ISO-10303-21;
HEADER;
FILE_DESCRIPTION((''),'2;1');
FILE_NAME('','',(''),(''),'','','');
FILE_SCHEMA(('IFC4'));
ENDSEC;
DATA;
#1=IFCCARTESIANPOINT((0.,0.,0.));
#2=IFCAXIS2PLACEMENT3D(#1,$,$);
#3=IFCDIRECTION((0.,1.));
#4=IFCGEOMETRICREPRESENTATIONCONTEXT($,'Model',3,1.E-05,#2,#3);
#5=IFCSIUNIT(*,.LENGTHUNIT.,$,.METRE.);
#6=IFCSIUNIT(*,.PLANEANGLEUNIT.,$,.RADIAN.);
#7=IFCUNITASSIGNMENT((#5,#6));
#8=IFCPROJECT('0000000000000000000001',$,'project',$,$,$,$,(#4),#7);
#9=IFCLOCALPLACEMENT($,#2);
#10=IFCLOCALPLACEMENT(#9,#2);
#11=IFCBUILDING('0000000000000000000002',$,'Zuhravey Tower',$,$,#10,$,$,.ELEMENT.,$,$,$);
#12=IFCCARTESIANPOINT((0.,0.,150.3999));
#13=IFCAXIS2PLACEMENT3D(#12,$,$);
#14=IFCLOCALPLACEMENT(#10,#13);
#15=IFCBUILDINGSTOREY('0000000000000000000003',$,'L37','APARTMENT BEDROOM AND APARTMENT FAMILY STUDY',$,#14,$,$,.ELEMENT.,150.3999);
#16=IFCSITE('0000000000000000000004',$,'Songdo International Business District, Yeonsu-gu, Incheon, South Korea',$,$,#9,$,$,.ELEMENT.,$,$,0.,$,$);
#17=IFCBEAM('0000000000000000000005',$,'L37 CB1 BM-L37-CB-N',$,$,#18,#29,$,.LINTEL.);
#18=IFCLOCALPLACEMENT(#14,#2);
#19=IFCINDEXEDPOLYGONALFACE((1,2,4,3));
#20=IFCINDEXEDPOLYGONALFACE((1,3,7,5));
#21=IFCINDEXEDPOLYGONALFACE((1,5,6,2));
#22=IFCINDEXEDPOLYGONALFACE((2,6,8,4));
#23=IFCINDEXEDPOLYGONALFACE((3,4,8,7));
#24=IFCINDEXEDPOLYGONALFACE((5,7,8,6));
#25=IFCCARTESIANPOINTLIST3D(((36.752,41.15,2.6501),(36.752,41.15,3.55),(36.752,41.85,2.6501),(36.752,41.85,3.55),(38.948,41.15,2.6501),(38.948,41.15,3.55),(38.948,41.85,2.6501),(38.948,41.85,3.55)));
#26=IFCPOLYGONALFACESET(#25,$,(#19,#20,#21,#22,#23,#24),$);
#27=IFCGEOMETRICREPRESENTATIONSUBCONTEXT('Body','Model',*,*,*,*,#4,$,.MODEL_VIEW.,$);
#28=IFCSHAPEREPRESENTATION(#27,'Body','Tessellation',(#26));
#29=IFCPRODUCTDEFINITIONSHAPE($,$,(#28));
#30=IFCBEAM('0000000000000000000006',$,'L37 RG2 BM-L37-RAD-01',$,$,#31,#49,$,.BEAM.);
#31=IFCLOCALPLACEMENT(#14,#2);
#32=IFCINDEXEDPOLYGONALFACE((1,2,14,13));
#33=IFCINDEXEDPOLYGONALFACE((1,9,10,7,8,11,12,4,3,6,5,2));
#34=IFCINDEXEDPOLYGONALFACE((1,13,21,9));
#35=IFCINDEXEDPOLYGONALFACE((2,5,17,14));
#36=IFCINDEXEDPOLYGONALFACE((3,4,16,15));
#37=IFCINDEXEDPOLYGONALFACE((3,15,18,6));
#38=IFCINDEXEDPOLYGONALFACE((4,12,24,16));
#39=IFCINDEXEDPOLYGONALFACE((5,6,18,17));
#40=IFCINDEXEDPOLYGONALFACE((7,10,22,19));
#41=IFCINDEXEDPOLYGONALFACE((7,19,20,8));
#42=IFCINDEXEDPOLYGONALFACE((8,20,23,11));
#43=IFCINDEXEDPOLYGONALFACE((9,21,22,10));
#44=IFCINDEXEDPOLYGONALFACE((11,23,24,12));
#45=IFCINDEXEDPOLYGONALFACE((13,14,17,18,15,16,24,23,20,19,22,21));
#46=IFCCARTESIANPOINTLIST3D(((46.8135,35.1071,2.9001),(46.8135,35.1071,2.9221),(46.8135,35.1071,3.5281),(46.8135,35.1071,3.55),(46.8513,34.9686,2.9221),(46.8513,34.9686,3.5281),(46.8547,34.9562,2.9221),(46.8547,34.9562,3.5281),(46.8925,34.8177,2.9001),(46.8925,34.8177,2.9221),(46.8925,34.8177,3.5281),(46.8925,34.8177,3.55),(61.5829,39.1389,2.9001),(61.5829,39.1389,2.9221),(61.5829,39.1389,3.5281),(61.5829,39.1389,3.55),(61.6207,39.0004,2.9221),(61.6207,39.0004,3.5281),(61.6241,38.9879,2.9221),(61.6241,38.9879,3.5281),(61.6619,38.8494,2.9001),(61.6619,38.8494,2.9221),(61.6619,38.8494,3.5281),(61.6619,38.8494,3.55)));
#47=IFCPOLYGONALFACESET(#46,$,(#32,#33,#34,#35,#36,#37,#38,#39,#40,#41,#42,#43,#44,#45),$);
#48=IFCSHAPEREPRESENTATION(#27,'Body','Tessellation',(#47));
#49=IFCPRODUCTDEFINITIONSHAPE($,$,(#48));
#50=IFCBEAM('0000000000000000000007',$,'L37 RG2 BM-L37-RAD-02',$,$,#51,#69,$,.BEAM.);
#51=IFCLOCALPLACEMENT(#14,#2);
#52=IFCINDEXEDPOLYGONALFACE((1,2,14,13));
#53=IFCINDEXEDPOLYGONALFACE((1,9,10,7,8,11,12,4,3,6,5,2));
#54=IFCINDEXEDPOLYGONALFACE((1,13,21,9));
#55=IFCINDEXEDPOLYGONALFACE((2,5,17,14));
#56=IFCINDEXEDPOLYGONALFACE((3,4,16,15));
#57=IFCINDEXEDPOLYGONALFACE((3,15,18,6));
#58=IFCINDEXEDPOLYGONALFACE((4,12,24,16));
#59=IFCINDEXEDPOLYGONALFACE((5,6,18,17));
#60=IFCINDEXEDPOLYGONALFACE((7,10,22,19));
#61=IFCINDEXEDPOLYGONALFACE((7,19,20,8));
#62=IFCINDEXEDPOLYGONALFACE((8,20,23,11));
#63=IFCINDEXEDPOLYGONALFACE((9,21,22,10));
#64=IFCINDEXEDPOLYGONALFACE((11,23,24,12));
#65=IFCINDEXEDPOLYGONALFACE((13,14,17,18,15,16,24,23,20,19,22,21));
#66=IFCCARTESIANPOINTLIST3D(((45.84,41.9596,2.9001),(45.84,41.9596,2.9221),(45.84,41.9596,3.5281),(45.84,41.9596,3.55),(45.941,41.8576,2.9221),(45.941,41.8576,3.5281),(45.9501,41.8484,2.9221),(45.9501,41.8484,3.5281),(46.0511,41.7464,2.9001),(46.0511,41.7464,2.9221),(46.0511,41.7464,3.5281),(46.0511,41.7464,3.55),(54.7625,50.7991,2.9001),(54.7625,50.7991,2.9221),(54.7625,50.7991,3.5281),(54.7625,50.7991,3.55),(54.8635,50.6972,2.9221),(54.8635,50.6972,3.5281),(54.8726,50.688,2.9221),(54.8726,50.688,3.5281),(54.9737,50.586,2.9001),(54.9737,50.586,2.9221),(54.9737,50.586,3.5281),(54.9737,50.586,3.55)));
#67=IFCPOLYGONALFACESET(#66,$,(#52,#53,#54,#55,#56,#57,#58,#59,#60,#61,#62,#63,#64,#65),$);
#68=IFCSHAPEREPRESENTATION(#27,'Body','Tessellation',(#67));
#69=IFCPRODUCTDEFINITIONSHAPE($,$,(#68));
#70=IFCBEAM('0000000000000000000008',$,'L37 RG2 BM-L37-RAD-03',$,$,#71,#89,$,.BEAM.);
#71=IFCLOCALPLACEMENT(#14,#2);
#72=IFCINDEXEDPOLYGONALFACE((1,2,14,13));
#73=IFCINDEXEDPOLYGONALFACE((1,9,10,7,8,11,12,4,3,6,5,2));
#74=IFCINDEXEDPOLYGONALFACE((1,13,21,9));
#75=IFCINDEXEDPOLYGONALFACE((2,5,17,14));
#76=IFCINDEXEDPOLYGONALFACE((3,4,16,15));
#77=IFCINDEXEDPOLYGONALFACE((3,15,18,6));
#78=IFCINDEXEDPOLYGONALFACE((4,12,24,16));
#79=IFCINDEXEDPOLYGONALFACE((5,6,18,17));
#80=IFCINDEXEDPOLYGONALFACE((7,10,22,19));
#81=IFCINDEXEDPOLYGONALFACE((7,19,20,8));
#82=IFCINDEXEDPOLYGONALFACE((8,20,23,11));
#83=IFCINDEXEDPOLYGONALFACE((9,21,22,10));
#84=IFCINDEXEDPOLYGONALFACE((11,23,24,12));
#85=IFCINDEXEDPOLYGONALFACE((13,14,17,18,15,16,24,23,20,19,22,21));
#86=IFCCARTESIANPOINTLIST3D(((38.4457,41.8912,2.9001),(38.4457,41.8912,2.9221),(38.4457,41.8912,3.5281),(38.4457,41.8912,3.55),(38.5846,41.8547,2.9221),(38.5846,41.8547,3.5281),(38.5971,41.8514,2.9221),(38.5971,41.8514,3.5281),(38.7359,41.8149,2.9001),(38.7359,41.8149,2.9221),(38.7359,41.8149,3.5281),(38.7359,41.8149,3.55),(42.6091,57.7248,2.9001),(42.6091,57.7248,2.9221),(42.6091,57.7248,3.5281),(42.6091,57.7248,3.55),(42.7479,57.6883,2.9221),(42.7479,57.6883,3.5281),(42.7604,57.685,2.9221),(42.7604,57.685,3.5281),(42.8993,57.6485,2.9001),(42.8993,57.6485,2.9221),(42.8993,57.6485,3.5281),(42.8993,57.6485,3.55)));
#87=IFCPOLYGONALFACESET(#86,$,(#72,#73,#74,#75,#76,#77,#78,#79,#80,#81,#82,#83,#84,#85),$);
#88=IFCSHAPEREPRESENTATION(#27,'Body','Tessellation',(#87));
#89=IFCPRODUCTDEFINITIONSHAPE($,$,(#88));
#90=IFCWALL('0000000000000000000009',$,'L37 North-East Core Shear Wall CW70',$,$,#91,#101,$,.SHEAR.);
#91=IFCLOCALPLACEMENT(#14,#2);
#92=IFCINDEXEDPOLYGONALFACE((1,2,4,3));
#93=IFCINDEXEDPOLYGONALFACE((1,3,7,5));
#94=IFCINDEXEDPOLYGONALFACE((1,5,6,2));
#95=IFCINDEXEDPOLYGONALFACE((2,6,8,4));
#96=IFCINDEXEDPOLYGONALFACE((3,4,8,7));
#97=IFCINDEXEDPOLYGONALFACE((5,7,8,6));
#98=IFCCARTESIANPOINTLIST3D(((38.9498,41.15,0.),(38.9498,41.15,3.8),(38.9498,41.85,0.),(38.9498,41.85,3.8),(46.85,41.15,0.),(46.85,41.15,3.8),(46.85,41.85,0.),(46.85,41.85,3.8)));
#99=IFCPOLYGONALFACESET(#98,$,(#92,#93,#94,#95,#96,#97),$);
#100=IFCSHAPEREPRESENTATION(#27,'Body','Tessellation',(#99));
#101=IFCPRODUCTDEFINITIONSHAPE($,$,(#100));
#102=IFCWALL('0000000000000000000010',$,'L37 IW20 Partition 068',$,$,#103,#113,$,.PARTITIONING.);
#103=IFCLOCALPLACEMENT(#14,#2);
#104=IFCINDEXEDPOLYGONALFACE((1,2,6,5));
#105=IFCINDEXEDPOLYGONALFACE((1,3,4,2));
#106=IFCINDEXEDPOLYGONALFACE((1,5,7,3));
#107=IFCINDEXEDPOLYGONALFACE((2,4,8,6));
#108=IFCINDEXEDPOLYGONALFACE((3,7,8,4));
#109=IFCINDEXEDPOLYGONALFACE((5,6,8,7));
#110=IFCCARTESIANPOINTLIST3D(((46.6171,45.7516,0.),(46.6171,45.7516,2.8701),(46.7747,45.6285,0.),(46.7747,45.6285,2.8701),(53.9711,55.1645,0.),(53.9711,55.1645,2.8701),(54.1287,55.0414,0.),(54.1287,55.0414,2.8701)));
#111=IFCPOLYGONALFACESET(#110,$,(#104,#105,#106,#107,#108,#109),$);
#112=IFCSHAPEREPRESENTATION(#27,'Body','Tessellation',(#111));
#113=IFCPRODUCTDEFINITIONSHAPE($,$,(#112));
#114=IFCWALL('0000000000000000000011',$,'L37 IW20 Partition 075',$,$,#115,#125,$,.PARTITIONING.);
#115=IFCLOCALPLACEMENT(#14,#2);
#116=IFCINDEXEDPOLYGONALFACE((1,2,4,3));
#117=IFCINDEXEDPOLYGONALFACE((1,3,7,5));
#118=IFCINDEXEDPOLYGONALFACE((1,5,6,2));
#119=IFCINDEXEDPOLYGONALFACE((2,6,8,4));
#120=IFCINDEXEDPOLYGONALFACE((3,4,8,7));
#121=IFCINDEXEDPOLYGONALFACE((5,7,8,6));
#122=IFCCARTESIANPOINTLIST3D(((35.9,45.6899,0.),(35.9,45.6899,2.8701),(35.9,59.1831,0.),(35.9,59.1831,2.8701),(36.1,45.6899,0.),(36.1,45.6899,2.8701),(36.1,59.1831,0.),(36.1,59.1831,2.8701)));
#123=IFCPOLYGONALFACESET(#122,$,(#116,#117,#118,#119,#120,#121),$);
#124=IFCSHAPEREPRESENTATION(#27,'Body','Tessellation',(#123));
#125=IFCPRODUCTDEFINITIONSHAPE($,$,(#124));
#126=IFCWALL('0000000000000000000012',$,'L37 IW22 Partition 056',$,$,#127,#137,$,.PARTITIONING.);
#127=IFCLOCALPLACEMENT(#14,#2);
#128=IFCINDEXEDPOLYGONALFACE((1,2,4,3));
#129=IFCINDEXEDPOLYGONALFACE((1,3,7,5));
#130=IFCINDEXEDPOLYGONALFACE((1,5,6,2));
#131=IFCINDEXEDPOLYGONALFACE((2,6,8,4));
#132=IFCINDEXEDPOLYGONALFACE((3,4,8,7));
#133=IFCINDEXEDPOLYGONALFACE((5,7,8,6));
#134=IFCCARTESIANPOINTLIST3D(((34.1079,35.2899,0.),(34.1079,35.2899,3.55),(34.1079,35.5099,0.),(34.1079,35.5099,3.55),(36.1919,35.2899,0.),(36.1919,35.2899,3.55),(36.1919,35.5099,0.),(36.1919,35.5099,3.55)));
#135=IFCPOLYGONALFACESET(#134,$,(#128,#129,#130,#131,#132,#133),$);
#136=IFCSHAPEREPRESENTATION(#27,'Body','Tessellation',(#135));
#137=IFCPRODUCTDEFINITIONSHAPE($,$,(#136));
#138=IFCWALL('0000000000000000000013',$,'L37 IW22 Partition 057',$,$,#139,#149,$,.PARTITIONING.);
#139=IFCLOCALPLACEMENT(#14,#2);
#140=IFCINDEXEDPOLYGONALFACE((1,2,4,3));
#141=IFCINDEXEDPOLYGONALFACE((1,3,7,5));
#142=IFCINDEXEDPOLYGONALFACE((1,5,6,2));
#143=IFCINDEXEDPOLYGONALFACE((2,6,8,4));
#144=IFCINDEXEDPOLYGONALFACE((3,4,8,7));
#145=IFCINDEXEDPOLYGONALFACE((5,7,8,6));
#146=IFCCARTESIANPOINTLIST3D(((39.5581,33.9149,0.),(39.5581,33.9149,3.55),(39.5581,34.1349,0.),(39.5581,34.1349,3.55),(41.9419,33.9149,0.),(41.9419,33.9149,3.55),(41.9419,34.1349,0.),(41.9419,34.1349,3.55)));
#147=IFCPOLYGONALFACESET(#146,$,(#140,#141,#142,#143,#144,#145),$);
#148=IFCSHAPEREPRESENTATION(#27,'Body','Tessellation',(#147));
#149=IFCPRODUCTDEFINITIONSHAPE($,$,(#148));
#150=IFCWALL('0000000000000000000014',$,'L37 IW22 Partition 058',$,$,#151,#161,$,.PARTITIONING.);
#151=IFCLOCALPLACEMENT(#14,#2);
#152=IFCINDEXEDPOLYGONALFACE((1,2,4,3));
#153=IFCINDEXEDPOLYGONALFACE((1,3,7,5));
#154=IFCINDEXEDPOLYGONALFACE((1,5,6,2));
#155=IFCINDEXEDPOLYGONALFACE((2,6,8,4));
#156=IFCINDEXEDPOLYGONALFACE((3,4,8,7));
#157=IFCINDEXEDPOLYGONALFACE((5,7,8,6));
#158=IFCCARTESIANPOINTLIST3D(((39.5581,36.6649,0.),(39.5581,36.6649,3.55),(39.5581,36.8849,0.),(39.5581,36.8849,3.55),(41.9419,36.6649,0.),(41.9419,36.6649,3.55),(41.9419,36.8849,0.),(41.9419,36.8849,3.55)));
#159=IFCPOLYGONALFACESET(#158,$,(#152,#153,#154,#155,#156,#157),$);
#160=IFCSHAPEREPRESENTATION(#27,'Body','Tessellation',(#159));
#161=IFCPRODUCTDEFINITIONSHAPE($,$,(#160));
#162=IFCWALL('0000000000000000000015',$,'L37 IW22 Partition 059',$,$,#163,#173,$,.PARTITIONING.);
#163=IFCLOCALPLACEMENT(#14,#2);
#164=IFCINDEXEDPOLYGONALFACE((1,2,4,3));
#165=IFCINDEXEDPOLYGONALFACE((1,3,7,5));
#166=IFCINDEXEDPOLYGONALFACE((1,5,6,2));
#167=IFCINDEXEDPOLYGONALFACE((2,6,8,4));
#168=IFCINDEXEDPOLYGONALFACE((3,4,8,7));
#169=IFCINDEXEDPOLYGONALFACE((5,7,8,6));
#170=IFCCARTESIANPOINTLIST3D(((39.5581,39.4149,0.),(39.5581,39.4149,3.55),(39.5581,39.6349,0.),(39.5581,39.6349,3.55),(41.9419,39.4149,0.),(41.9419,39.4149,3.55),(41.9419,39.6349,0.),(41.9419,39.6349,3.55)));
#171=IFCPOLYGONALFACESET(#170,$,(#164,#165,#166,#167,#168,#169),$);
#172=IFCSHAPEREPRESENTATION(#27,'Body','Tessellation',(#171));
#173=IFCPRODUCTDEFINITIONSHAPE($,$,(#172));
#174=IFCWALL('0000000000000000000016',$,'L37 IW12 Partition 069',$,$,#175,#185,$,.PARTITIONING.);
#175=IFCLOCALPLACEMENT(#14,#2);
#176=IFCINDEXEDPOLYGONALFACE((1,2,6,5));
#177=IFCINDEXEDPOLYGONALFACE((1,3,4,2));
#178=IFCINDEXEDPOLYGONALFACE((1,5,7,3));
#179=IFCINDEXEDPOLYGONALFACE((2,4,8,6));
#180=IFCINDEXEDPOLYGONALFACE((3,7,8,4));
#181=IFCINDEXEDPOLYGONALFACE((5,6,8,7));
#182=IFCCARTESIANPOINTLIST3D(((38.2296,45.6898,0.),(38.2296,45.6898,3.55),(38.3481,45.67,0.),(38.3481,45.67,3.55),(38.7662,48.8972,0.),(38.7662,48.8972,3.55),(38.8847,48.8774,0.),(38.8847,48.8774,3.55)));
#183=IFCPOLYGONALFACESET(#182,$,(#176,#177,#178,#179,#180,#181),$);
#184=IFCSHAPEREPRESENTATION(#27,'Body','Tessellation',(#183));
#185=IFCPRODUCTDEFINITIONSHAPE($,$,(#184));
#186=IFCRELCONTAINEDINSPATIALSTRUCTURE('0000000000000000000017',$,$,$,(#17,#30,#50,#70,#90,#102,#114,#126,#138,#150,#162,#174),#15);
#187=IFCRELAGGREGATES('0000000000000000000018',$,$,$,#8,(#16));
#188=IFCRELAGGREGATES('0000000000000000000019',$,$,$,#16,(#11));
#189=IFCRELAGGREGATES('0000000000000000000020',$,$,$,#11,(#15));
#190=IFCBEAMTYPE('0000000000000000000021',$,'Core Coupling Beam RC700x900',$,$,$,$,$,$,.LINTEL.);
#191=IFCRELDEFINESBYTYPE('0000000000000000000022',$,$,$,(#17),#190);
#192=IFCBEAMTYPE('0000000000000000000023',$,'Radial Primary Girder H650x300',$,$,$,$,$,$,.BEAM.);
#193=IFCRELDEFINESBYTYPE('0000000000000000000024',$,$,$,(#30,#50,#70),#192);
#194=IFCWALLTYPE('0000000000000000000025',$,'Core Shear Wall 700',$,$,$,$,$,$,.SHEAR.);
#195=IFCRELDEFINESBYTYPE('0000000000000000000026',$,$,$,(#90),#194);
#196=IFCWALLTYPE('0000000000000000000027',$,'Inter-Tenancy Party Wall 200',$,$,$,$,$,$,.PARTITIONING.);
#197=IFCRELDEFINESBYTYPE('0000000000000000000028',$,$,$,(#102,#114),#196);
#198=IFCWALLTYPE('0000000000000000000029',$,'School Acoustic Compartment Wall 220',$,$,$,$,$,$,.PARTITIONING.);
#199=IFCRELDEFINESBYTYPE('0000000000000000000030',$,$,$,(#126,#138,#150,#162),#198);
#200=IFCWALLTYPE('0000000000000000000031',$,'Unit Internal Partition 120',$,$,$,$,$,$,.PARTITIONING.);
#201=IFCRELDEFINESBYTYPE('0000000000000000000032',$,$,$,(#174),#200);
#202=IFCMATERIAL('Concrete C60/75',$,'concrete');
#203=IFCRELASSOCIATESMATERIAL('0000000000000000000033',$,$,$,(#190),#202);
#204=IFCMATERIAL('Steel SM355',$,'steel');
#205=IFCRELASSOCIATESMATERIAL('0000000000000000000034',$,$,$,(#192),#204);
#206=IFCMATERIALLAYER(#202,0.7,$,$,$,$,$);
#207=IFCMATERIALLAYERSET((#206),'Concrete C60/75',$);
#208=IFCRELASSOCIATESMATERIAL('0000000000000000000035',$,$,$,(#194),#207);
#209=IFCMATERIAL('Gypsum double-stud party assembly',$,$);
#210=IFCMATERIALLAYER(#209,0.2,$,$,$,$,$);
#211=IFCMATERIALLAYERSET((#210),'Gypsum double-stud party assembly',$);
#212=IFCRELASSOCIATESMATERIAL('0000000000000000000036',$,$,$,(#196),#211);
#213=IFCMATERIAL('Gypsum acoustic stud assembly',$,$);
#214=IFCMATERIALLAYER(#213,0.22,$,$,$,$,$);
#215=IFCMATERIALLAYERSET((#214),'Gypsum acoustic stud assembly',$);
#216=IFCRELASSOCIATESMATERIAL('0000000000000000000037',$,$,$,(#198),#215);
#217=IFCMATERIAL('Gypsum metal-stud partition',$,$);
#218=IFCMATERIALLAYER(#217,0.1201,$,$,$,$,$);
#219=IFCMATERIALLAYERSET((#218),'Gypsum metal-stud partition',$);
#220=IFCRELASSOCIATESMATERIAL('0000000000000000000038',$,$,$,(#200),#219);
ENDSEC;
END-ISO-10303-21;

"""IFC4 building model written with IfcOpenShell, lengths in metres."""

from ifc_helpers import new_model, si_unit, direction, frame, frame_2d, origin, origin_2d, place, context, subcontext, project, spatial, rectangle, i_section, extrude, material, layer, layer_set, material_profile, profile_set, type_object, element, save


model = new_model("IFC4")

# Units and contexts
model_context = context("Model", 3, precision=1e-05, world=origin(), true_north=direction((0.0, 1.0)))
body_context = subcontext(model_context, "Body", "Model", "MODEL_VIEW")
ifc_project = project(units=[si_unit("LENGTHUNIT", "METRE"), si_unit("PLANEANGLEUNIT", "RADIAN")], contexts=[model_context])

# Site, building, storey
site_placement = place(None, origin())
site = spatial("IfcSite", under=ifc_project, at=site_placement, Name="Songdo International Business District, Yeonsu-gu, Incheon, South Korea", CompositionType="ELEMENT", RefElevation=0.0)
building_placement = place(site_placement, origin())
building = spatial("IfcBuilding", under=site, at=building_placement, Name="Zuhravey Tower", CompositionType="ELEMENT")
storey_placement = place(building_placement, frame((0.0, 0.0, 150.3999)))
storey = spatial("IfcBuildingStorey", under=building, at=storey_placement, Name="L37", Description="APARTMENT BEDROOM AND APARTMENT FAMILY STUDY", CompositionType="ELEMENT", Elevation=150.3999)

# Beams
ifc_material_1 = material(Name="Concrete C60/75", Category="concrete")
ifc_material_profile_1 = material_profile(ifc_material_1, rectangle(XDim=0.7, YDim=0.8999, at=origin_2d()), Name="RC-700x900")
ifc_profile_set_1 = profile_set([ifc_material_profile_1], Name="Concrete C60/75")
beam_type_1 = type_object("IfcBeamType", Name="Core Coupling Beam RC700x900", PredefinedType="LINTEL", material=ifc_profile_set_1)
beam_1_placement = place(storey_placement, frame((36.752, 41.5, 3.1001), z_axis=(1.0, 0.0, 0.0), x_axis=(0.0, 1.0, 0.0)))
element("IfcBeam", 1, at=beam_1_placement, inside=storey, type_object=beam_type_1, Name="L37 CB1 BM-L37-CB-N", PredefinedType="LINTEL", context=body_context, shape_type="SweptSolid", body=[
    extrude(rectangle(XDim=0.7, YDim=0.8999, at=origin_2d()), origin(), (0.0, 0.0, 1.0), 2.196),
])
ifc_material_2 = material(Name="Steel SM355", Category="steel")
ifc_material_profile_2 = material_profile(ifc_material_2, i_section(OverallWidth=0.3, OverallDepth=0.6499, WebThickness=0.0129, FlangeThickness=0.022, at=origin_2d()), Name="H-650x300x13x22")
ifc_profile_set_2 = profile_set([ifc_material_profile_2], Name="Steel SM355")
beam_type_2 = type_object("IfcBeamType", Name="Radial Primary Girder H650x300", PredefinedType="BEAM", material=ifc_profile_set_2)
beam_2_placement = place(storey_placement, frame((46.853, 34.9624, 3.2251), z_axis=(0.964702, 0.263345, 0.0), x_axis=(-0.263345, 0.964702, 0.0)))
element("IfcBeam", 2, at=beam_2_placement, inside=storey, type_object=beam_type_2, Name="L37 RG2 BM-L37-RAD-01", PredefinedType="BEAM", context=body_context, shape_type="SweptSolid", body=[
    extrude(i_section(OverallWidth=0.3, OverallDepth=0.6499, WebThickness=0.0129, FlangeThickness=0.022, at=origin_2d()), origin(), (0.0, 0.0, 1.0), 15.3098),
])
beam_3_placement = place(storey_placement, frame((45.9456, 41.853, 3.2251), z_axis=(0.710404, 0.703795, 0.0), x_axis=(-0.703795, 0.710404, 0.0)))
element("IfcBeam", 3, at=beam_3_placement, inside=storey, type_object=beam_type_2, Name="L37 RG2 BM-L37-RAD-02", PredefinedType="BEAM", context=body_context, shape_type="SweptSolid", body=[
    extrude(i_section(OverallWidth=0.3, OverallDepth=0.6499, WebThickness=0.0129, FlangeThickness=0.022, at=origin_2d()), origin(), (0.0, 0.0, 1.0), 12.5598),
])
beam_4_placement = place(storey_placement, frame((38.5908, 41.853, 3.2251), z_axis=(0.2543, 0.967125, 0.0), x_axis=(-0.967125, 0.2543, 0.0)))
element("IfcBeam", 4, at=beam_4_placement, inside=storey, type_object=beam_type_2, Name="L37 RG2 BM-L37-RAD-03", PredefinedType="BEAM", context=body_context, shape_type="SweptSolid", body=[
    extrude(i_section(OverallWidth=0.3, OverallDepth=0.6499, WebThickness=0.0129, FlangeThickness=0.022, at=origin_2d()), origin(), (0.0, 0.0, 1.0), 16.3718),
])

# Wall
ifc_layer_1 = layer(ifc_material_1, 0.7)
ifc_layer_set_1 = layer_set([ifc_layer_1], Name="Concrete C60/75")
wall_type_1 = type_object("IfcWallType", Name="Core Shear Wall 700", PredefinedType="SHEAR", material=ifc_layer_set_1)
wall_1_placement = place(storey_placement, frame((46.8501, 41.5, 0.0), z_axis=(0.0, 0.0, 1.0), x_axis=(-1.0, 0.0, 0.0)))
element("IfcWall", 5, at=wall_1_placement, inside=storey, type_object=wall_type_1, Name="L37 North-East Core Shear Wall CW70", PredefinedType="SHEAR", context=body_context, shape_type="SweptSolid", body=[
    extrude(rectangle(XDim=7.9001, YDim=0.7, at=frame_2d((3.9502, 0.0))), origin(), (0.0, 0.0, 1.0), 3.8),
])

# Walls
ifc_material_3 = material(Name="Gypsum double-stud party assembly")
ifc_layer_2 = layer(ifc_material_3, 0.2)
ifc_layer_set_2 = layer_set([ifc_layer_2], Name="Gypsum double-stud party assembly")
wall_type_2 = type_object("IfcWallType", Name="Inter-Tenancy Party Wall 200", PredefinedType="PARTITIONING", material=ifc_layer_set_2)
wall_2_placement = place(storey_placement, frame((46.6958, 45.6899, 0.0), z_axis=(0.0, 0.0, 1.0), x_axis=(0.615656, 0.788015, 0.0)))
element("IfcWall", 6, at=wall_2_placement, inside=storey, type_object=wall_type_2, Name="L37 IW20 Partition 068", PredefinedType="PARTITIONING", context=body_context, shape_type="SweptSolid", body=[
    extrude(rectangle(XDim=11.9451, YDim=0.2, at=frame_2d((5.9727, 0.0))), origin(), (0.0, 0.0, 1.0), 2.8701),
])
wall_3_placement = place(storey_placement, frame((36.0, 45.6899, 0.0), z_axis=(0.0, 0.0, 1.0), x_axis=(0.0, 1.0, 0.0)))
element("IfcWall", 7, at=wall_3_placement, inside=storey, type_object=wall_type_2, Name="L37 IW20 Partition 075", PredefinedType="PARTITIONING", context=body_context, shape_type="SweptSolid", body=[
    extrude(rectangle(XDim=13.4932, YDim=0.2, at=frame_2d((6.7466, 0.0))), origin(), (0.0, 0.0, 1.0), 2.8701),
])
ifc_material_4 = material(Name="Gypsum acoustic stud assembly")
ifc_layer_3 = layer(ifc_material_4, 0.22)
ifc_layer_set_3 = layer_set([ifc_layer_3], Name="Gypsum acoustic stud assembly")
wall_type_3 = type_object("IfcWallType", Name="School Acoustic Compartment Wall 220", PredefinedType="PARTITIONING", material=ifc_layer_set_3)
wall_4_placement = place(storey_placement, frame((34.1079, 35.3999, 0.0), z_axis=(0.0, 0.0, 1.0), x_axis=(1.0, 0.0, 0.0)))
element("IfcWall", 8, at=wall_4_placement, inside=storey, type_object=wall_type_3, Name="L37 IW22 Partition 056", PredefinedType="PARTITIONING", context=body_context, shape_type="SweptSolid", body=[
    extrude(rectangle(XDim=2.084, YDim=0.22, at=frame_2d((1.042, 0.0))), origin(), (0.0, 0.0, 1.0), 3.55),
])
for number, where, z_axis, x_axis, name in (
    (9, (39.5581, 34.0249, 0.0), (0.0, 0.0, 1.0), (1.0, 0.0, 0.0), "L37 IW22 Partition 057"),
    (10, (39.5581, 36.7749, 0.0), (0.0, 0.0, 1.0), (1.0, 0.0, 0.0), "L37 IW22 Partition 058"),
    (11, (39.5581, 39.5249, 0.0), (0.0, 0.0, 1.0), (1.0, 0.0, 0.0), "L37 IW22 Partition 059"),
):
    element("IfcWall", number, at=place(storey_placement, frame(where, z_axis=z_axis, x_axis=x_axis)), inside=storey, type_object=wall_type_3, Name=name, PredefinedType="PARTITIONING", context=body_context, shape_type="SweptSolid", body=[
        extrude(rectangle(XDim=2.3838, YDim=0.22, at=frame_2d((1.1919, 0.0))), origin(), (0.0, 0.0, 1.0), 3.55),
    ])
ifc_material_5 = material(Name="Gypsum metal-stud partition")
ifc_layer_4 = layer(ifc_material_5, 0.1201)
ifc_layer_set_4 = layer_set([ifc_layer_4], Name="Gypsum metal-stud partition")
wall_type_4 = type_object("IfcWallType", Name="Unit Internal Partition 120", PredefinedType="PARTITIONING", material=ifc_layer_set_4)
wall_5_placement = place(storey_placement, frame((38.2888, 45.6799, 0.0), z_axis=(0.0, 0.0, 1.0), x_axis=(0.16502, 0.98629, 0.0)))
element("IfcWall", 12, at=wall_5_placement, inside=storey, type_object=wall_type_4, Name="L37 IW12 Partition 069", PredefinedType="PARTITIONING", context=body_context, shape_type="SweptSolid", body=[
    extrude(rectangle(XDim=3.252, YDim=0.1201, at=frame_2d((1.626, 0.0))), origin(), (0.0, 0.0, 1.0), 3.55),
])

save(model, "model.ifc")
